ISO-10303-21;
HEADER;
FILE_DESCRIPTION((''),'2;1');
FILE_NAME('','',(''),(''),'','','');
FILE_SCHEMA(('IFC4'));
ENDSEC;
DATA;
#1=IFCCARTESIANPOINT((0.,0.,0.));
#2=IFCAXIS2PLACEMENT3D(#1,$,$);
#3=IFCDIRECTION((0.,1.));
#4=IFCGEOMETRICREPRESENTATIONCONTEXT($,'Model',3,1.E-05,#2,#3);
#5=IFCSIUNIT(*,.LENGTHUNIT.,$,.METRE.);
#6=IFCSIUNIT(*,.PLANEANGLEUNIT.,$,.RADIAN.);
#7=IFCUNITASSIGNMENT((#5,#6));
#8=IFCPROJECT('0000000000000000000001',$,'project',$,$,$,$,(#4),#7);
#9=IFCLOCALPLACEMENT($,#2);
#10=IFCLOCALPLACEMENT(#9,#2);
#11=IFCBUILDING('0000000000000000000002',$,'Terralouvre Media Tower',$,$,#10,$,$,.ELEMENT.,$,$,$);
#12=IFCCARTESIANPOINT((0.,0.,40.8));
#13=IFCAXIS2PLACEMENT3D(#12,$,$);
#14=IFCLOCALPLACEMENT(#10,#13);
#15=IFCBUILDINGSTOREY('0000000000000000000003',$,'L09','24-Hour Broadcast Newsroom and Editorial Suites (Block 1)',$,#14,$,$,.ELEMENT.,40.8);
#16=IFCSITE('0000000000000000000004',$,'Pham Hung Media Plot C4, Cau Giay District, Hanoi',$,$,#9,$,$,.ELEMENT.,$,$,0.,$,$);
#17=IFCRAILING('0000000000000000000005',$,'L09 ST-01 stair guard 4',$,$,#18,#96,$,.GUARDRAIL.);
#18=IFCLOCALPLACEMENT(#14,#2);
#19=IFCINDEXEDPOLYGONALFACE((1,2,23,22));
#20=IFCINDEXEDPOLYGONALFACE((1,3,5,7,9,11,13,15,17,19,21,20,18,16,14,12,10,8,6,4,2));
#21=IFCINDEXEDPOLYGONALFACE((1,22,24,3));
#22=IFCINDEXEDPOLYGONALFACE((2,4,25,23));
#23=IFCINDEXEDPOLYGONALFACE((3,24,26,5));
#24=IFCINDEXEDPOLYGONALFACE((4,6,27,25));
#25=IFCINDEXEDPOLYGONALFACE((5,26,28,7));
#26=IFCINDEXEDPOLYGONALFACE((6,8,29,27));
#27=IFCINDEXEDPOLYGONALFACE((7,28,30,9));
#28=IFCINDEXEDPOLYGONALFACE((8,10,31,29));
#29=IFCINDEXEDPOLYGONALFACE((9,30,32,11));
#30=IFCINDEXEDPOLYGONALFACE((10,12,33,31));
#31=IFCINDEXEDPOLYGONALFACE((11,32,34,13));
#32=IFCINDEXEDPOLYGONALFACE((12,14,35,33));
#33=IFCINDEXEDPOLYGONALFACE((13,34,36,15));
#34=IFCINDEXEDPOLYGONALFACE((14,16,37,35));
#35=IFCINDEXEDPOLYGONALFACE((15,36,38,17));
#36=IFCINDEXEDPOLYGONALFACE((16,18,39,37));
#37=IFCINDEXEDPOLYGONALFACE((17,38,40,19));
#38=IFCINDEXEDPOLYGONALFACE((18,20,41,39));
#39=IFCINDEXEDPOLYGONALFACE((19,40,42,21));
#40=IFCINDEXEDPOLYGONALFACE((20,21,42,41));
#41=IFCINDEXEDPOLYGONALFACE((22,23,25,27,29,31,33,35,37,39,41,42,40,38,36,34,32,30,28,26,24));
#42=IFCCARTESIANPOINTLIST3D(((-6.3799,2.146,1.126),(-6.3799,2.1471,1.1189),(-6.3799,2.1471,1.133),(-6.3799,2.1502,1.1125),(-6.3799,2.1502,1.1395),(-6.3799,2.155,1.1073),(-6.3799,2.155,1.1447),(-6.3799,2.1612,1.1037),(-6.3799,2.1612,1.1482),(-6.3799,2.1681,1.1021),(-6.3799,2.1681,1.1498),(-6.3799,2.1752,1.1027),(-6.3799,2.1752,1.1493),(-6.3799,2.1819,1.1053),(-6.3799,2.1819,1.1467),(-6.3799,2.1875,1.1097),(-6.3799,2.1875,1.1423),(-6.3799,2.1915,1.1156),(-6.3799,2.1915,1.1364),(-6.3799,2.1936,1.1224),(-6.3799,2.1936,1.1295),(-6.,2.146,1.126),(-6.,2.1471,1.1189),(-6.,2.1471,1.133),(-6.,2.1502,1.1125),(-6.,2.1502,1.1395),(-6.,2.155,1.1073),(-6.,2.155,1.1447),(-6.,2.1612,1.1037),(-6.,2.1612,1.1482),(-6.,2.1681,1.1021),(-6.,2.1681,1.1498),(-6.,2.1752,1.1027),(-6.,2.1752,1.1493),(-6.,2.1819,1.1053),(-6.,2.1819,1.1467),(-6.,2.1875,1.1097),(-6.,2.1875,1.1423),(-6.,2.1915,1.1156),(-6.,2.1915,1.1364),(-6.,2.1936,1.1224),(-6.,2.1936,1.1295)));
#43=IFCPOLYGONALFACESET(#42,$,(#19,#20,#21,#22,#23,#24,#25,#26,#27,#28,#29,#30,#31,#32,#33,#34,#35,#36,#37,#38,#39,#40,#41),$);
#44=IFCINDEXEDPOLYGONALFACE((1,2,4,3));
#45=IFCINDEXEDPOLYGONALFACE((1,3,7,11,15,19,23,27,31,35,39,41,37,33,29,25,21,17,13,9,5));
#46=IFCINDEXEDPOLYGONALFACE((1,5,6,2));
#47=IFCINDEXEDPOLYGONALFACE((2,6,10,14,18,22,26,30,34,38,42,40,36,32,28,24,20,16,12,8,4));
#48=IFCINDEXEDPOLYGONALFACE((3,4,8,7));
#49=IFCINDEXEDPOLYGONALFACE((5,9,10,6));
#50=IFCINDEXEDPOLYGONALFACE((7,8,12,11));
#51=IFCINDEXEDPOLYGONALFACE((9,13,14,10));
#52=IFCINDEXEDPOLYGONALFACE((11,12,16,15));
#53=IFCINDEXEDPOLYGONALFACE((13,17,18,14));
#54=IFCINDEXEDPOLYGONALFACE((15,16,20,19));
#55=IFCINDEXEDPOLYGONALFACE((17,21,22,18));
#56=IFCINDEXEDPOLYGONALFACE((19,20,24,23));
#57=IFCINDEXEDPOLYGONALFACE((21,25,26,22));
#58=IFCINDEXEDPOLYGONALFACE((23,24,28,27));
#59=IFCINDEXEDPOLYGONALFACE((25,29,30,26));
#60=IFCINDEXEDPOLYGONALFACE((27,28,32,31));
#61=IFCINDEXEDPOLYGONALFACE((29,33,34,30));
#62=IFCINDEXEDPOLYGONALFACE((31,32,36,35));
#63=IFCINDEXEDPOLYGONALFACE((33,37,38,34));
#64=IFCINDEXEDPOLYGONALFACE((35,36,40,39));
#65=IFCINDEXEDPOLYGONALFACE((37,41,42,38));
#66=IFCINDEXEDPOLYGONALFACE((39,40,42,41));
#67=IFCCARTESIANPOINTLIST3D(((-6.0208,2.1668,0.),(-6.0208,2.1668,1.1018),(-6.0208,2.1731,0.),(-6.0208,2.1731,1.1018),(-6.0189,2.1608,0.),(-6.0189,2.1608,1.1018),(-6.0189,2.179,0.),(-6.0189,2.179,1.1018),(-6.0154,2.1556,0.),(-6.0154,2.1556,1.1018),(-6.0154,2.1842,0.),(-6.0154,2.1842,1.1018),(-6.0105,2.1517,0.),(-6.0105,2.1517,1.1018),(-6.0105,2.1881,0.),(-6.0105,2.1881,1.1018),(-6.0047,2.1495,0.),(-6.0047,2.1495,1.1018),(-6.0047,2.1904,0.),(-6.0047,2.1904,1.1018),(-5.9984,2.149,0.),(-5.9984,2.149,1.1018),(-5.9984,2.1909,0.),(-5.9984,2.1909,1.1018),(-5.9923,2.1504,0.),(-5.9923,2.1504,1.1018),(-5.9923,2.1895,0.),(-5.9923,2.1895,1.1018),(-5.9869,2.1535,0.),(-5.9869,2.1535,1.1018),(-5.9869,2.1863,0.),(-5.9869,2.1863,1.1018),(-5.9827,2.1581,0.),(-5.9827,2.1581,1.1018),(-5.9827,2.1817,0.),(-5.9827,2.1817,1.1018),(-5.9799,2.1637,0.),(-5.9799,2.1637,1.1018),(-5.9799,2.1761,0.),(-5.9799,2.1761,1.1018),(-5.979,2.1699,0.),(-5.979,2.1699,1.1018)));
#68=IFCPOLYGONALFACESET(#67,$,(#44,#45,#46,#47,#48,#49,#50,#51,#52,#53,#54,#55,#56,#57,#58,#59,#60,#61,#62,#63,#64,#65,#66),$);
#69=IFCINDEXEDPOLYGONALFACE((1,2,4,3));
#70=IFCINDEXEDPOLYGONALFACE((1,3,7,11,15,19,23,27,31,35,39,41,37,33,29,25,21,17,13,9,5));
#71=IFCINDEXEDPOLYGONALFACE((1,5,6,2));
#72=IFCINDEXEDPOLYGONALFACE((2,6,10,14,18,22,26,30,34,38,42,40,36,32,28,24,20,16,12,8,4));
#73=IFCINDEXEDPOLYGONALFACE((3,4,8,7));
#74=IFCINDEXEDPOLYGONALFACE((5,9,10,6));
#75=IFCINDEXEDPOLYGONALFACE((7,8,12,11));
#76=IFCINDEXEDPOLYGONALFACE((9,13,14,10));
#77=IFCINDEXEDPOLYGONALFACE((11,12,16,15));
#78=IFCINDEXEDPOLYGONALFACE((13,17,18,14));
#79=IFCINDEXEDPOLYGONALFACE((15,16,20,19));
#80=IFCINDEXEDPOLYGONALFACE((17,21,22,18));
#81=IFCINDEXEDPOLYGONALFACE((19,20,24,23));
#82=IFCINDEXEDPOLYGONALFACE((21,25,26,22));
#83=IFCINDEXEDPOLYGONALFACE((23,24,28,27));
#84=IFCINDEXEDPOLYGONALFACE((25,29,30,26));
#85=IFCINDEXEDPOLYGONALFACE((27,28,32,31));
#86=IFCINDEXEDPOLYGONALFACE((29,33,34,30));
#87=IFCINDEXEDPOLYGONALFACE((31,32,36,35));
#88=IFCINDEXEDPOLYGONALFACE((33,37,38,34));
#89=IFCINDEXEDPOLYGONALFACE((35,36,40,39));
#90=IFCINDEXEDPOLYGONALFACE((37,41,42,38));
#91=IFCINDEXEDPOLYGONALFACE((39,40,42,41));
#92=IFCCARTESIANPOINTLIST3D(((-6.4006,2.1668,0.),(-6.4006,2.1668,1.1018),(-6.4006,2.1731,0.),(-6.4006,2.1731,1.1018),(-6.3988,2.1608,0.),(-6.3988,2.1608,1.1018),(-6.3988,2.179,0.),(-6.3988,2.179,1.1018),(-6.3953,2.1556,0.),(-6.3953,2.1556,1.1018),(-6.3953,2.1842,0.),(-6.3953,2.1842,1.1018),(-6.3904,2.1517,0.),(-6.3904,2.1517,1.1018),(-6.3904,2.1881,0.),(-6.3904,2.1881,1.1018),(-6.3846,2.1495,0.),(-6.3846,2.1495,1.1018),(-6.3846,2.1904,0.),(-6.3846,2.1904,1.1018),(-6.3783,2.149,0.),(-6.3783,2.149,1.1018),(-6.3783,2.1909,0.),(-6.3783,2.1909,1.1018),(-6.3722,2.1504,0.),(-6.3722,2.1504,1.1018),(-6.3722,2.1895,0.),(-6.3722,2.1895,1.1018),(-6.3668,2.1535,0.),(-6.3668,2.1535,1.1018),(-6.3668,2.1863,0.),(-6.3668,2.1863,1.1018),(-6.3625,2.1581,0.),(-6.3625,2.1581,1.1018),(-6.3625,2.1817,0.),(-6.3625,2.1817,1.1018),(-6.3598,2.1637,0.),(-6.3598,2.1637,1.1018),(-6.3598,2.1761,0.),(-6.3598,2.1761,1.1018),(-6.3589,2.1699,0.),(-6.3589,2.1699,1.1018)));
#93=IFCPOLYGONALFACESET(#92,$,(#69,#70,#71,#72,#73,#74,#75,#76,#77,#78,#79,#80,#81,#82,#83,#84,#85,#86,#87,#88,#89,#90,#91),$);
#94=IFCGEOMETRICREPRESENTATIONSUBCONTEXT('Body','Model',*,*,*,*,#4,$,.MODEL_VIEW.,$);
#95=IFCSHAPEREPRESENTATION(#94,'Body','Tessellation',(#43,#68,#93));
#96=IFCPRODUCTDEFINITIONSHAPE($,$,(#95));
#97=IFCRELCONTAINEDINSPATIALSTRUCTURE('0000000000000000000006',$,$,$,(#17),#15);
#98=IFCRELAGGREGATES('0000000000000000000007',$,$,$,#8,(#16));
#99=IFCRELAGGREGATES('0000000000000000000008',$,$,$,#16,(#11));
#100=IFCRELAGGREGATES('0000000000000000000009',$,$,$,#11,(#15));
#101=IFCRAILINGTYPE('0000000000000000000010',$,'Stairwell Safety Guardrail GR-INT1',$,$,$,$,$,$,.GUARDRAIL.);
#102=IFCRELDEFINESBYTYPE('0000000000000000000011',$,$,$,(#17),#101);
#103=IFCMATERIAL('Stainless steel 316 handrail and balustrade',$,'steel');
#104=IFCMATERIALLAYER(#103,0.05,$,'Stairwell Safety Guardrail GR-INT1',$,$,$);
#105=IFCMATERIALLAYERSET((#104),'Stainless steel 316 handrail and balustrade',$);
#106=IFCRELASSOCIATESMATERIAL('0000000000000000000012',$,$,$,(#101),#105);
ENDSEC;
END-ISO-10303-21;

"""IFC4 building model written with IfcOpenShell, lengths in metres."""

from ifc_helpers import new_model, si_unit, direction, frame, origin, origin_2d, place, context, subcontext, project, spatial, circle, extrude, material, layer, layer_set, type_object, element, save


model = new_model("IFC4")

# Units and contexts
model_context = context("Model", 3, precision=1e-05, world=origin(), true_north=direction((0.0, 1.0)))
body_context = subcontext(model_context, "Body", "Model", "MODEL_VIEW")
ifc_project = project(units=[si_unit("LENGTHUNIT", "METRE"), si_unit("PLANEANGLEUNIT", "RADIAN")], contexts=[model_context])

# Site, building, storey
site_placement = place(None, origin())
site = spatial("IfcSite", under=ifc_project, at=site_placement, Name="Pham Hung Media Plot C4, Cau Giay District, Hanoi", CompositionType="ELEMENT", RefElevation=0.0)
building_placement = place(site_placement, origin())
building = spatial("IfcBuilding", under=site, at=building_placement, Name="Terralouvre Media Tower", CompositionType="ELEMENT")
storey_placement = place(building_placement, frame((0.0, 0.0, 40.8)))
storey = spatial("IfcBuildingStorey", under=building, at=storey_placement, Name="L09", Description="24-Hour Broadcast Newsroom and Editorial Suites (Block 1)", CompositionType="ELEMENT", Elevation=40.8)

# Railing
ifc_material_1 = material(Name="Stainless steel 316 handrail and balustrade", Category="steel")
ifc_layer_1 = layer(ifc_material_1, 0.05, Name="Stairwell Safety Guardrail GR-INT1")
ifc_layer_set_1 = layer_set([ifc_layer_1], Name="Stainless steel 316 handrail and balustrade")
railing_type_1 = type_object("IfcRailingType", Name="Stairwell Safety Guardrail GR-INT1", PredefinedType="GUARDRAIL", material=ifc_layer_set_1)
railing_1_placement = place(storey_placement, frame((-6.0, 2.1699, 0.0)))
element("IfcRailing", 1, at=railing_1_placement, inside=storey, type_object=railing_type_1, Name="L09 ST-01 stair guard 4", PredefinedType="GUARDRAIL", context=body_context, shape_type="SweptSolid", body=[
    extrude(circle(Radius=0.0239, at=origin_2d()), frame((0.0, 0.0, 1.126), z_axis=(-1.0, 0.0, 0.0), x_axis=(0.0, -1.0, 0.0)), (0.0, 0.0, 1.0), 0.3799),
    extrude(circle(Radius=0.021, at=origin_2d()), origin(), (0.0, 0.0, 1.0), 1.1018),
    extrude(circle(Radius=0.021, at=origin_2d()), frame((-0.3799, 0.0, 0.0)), (0.0, 0.0, 1.0), 1.1018),
])

save(model, "model.ifc")
